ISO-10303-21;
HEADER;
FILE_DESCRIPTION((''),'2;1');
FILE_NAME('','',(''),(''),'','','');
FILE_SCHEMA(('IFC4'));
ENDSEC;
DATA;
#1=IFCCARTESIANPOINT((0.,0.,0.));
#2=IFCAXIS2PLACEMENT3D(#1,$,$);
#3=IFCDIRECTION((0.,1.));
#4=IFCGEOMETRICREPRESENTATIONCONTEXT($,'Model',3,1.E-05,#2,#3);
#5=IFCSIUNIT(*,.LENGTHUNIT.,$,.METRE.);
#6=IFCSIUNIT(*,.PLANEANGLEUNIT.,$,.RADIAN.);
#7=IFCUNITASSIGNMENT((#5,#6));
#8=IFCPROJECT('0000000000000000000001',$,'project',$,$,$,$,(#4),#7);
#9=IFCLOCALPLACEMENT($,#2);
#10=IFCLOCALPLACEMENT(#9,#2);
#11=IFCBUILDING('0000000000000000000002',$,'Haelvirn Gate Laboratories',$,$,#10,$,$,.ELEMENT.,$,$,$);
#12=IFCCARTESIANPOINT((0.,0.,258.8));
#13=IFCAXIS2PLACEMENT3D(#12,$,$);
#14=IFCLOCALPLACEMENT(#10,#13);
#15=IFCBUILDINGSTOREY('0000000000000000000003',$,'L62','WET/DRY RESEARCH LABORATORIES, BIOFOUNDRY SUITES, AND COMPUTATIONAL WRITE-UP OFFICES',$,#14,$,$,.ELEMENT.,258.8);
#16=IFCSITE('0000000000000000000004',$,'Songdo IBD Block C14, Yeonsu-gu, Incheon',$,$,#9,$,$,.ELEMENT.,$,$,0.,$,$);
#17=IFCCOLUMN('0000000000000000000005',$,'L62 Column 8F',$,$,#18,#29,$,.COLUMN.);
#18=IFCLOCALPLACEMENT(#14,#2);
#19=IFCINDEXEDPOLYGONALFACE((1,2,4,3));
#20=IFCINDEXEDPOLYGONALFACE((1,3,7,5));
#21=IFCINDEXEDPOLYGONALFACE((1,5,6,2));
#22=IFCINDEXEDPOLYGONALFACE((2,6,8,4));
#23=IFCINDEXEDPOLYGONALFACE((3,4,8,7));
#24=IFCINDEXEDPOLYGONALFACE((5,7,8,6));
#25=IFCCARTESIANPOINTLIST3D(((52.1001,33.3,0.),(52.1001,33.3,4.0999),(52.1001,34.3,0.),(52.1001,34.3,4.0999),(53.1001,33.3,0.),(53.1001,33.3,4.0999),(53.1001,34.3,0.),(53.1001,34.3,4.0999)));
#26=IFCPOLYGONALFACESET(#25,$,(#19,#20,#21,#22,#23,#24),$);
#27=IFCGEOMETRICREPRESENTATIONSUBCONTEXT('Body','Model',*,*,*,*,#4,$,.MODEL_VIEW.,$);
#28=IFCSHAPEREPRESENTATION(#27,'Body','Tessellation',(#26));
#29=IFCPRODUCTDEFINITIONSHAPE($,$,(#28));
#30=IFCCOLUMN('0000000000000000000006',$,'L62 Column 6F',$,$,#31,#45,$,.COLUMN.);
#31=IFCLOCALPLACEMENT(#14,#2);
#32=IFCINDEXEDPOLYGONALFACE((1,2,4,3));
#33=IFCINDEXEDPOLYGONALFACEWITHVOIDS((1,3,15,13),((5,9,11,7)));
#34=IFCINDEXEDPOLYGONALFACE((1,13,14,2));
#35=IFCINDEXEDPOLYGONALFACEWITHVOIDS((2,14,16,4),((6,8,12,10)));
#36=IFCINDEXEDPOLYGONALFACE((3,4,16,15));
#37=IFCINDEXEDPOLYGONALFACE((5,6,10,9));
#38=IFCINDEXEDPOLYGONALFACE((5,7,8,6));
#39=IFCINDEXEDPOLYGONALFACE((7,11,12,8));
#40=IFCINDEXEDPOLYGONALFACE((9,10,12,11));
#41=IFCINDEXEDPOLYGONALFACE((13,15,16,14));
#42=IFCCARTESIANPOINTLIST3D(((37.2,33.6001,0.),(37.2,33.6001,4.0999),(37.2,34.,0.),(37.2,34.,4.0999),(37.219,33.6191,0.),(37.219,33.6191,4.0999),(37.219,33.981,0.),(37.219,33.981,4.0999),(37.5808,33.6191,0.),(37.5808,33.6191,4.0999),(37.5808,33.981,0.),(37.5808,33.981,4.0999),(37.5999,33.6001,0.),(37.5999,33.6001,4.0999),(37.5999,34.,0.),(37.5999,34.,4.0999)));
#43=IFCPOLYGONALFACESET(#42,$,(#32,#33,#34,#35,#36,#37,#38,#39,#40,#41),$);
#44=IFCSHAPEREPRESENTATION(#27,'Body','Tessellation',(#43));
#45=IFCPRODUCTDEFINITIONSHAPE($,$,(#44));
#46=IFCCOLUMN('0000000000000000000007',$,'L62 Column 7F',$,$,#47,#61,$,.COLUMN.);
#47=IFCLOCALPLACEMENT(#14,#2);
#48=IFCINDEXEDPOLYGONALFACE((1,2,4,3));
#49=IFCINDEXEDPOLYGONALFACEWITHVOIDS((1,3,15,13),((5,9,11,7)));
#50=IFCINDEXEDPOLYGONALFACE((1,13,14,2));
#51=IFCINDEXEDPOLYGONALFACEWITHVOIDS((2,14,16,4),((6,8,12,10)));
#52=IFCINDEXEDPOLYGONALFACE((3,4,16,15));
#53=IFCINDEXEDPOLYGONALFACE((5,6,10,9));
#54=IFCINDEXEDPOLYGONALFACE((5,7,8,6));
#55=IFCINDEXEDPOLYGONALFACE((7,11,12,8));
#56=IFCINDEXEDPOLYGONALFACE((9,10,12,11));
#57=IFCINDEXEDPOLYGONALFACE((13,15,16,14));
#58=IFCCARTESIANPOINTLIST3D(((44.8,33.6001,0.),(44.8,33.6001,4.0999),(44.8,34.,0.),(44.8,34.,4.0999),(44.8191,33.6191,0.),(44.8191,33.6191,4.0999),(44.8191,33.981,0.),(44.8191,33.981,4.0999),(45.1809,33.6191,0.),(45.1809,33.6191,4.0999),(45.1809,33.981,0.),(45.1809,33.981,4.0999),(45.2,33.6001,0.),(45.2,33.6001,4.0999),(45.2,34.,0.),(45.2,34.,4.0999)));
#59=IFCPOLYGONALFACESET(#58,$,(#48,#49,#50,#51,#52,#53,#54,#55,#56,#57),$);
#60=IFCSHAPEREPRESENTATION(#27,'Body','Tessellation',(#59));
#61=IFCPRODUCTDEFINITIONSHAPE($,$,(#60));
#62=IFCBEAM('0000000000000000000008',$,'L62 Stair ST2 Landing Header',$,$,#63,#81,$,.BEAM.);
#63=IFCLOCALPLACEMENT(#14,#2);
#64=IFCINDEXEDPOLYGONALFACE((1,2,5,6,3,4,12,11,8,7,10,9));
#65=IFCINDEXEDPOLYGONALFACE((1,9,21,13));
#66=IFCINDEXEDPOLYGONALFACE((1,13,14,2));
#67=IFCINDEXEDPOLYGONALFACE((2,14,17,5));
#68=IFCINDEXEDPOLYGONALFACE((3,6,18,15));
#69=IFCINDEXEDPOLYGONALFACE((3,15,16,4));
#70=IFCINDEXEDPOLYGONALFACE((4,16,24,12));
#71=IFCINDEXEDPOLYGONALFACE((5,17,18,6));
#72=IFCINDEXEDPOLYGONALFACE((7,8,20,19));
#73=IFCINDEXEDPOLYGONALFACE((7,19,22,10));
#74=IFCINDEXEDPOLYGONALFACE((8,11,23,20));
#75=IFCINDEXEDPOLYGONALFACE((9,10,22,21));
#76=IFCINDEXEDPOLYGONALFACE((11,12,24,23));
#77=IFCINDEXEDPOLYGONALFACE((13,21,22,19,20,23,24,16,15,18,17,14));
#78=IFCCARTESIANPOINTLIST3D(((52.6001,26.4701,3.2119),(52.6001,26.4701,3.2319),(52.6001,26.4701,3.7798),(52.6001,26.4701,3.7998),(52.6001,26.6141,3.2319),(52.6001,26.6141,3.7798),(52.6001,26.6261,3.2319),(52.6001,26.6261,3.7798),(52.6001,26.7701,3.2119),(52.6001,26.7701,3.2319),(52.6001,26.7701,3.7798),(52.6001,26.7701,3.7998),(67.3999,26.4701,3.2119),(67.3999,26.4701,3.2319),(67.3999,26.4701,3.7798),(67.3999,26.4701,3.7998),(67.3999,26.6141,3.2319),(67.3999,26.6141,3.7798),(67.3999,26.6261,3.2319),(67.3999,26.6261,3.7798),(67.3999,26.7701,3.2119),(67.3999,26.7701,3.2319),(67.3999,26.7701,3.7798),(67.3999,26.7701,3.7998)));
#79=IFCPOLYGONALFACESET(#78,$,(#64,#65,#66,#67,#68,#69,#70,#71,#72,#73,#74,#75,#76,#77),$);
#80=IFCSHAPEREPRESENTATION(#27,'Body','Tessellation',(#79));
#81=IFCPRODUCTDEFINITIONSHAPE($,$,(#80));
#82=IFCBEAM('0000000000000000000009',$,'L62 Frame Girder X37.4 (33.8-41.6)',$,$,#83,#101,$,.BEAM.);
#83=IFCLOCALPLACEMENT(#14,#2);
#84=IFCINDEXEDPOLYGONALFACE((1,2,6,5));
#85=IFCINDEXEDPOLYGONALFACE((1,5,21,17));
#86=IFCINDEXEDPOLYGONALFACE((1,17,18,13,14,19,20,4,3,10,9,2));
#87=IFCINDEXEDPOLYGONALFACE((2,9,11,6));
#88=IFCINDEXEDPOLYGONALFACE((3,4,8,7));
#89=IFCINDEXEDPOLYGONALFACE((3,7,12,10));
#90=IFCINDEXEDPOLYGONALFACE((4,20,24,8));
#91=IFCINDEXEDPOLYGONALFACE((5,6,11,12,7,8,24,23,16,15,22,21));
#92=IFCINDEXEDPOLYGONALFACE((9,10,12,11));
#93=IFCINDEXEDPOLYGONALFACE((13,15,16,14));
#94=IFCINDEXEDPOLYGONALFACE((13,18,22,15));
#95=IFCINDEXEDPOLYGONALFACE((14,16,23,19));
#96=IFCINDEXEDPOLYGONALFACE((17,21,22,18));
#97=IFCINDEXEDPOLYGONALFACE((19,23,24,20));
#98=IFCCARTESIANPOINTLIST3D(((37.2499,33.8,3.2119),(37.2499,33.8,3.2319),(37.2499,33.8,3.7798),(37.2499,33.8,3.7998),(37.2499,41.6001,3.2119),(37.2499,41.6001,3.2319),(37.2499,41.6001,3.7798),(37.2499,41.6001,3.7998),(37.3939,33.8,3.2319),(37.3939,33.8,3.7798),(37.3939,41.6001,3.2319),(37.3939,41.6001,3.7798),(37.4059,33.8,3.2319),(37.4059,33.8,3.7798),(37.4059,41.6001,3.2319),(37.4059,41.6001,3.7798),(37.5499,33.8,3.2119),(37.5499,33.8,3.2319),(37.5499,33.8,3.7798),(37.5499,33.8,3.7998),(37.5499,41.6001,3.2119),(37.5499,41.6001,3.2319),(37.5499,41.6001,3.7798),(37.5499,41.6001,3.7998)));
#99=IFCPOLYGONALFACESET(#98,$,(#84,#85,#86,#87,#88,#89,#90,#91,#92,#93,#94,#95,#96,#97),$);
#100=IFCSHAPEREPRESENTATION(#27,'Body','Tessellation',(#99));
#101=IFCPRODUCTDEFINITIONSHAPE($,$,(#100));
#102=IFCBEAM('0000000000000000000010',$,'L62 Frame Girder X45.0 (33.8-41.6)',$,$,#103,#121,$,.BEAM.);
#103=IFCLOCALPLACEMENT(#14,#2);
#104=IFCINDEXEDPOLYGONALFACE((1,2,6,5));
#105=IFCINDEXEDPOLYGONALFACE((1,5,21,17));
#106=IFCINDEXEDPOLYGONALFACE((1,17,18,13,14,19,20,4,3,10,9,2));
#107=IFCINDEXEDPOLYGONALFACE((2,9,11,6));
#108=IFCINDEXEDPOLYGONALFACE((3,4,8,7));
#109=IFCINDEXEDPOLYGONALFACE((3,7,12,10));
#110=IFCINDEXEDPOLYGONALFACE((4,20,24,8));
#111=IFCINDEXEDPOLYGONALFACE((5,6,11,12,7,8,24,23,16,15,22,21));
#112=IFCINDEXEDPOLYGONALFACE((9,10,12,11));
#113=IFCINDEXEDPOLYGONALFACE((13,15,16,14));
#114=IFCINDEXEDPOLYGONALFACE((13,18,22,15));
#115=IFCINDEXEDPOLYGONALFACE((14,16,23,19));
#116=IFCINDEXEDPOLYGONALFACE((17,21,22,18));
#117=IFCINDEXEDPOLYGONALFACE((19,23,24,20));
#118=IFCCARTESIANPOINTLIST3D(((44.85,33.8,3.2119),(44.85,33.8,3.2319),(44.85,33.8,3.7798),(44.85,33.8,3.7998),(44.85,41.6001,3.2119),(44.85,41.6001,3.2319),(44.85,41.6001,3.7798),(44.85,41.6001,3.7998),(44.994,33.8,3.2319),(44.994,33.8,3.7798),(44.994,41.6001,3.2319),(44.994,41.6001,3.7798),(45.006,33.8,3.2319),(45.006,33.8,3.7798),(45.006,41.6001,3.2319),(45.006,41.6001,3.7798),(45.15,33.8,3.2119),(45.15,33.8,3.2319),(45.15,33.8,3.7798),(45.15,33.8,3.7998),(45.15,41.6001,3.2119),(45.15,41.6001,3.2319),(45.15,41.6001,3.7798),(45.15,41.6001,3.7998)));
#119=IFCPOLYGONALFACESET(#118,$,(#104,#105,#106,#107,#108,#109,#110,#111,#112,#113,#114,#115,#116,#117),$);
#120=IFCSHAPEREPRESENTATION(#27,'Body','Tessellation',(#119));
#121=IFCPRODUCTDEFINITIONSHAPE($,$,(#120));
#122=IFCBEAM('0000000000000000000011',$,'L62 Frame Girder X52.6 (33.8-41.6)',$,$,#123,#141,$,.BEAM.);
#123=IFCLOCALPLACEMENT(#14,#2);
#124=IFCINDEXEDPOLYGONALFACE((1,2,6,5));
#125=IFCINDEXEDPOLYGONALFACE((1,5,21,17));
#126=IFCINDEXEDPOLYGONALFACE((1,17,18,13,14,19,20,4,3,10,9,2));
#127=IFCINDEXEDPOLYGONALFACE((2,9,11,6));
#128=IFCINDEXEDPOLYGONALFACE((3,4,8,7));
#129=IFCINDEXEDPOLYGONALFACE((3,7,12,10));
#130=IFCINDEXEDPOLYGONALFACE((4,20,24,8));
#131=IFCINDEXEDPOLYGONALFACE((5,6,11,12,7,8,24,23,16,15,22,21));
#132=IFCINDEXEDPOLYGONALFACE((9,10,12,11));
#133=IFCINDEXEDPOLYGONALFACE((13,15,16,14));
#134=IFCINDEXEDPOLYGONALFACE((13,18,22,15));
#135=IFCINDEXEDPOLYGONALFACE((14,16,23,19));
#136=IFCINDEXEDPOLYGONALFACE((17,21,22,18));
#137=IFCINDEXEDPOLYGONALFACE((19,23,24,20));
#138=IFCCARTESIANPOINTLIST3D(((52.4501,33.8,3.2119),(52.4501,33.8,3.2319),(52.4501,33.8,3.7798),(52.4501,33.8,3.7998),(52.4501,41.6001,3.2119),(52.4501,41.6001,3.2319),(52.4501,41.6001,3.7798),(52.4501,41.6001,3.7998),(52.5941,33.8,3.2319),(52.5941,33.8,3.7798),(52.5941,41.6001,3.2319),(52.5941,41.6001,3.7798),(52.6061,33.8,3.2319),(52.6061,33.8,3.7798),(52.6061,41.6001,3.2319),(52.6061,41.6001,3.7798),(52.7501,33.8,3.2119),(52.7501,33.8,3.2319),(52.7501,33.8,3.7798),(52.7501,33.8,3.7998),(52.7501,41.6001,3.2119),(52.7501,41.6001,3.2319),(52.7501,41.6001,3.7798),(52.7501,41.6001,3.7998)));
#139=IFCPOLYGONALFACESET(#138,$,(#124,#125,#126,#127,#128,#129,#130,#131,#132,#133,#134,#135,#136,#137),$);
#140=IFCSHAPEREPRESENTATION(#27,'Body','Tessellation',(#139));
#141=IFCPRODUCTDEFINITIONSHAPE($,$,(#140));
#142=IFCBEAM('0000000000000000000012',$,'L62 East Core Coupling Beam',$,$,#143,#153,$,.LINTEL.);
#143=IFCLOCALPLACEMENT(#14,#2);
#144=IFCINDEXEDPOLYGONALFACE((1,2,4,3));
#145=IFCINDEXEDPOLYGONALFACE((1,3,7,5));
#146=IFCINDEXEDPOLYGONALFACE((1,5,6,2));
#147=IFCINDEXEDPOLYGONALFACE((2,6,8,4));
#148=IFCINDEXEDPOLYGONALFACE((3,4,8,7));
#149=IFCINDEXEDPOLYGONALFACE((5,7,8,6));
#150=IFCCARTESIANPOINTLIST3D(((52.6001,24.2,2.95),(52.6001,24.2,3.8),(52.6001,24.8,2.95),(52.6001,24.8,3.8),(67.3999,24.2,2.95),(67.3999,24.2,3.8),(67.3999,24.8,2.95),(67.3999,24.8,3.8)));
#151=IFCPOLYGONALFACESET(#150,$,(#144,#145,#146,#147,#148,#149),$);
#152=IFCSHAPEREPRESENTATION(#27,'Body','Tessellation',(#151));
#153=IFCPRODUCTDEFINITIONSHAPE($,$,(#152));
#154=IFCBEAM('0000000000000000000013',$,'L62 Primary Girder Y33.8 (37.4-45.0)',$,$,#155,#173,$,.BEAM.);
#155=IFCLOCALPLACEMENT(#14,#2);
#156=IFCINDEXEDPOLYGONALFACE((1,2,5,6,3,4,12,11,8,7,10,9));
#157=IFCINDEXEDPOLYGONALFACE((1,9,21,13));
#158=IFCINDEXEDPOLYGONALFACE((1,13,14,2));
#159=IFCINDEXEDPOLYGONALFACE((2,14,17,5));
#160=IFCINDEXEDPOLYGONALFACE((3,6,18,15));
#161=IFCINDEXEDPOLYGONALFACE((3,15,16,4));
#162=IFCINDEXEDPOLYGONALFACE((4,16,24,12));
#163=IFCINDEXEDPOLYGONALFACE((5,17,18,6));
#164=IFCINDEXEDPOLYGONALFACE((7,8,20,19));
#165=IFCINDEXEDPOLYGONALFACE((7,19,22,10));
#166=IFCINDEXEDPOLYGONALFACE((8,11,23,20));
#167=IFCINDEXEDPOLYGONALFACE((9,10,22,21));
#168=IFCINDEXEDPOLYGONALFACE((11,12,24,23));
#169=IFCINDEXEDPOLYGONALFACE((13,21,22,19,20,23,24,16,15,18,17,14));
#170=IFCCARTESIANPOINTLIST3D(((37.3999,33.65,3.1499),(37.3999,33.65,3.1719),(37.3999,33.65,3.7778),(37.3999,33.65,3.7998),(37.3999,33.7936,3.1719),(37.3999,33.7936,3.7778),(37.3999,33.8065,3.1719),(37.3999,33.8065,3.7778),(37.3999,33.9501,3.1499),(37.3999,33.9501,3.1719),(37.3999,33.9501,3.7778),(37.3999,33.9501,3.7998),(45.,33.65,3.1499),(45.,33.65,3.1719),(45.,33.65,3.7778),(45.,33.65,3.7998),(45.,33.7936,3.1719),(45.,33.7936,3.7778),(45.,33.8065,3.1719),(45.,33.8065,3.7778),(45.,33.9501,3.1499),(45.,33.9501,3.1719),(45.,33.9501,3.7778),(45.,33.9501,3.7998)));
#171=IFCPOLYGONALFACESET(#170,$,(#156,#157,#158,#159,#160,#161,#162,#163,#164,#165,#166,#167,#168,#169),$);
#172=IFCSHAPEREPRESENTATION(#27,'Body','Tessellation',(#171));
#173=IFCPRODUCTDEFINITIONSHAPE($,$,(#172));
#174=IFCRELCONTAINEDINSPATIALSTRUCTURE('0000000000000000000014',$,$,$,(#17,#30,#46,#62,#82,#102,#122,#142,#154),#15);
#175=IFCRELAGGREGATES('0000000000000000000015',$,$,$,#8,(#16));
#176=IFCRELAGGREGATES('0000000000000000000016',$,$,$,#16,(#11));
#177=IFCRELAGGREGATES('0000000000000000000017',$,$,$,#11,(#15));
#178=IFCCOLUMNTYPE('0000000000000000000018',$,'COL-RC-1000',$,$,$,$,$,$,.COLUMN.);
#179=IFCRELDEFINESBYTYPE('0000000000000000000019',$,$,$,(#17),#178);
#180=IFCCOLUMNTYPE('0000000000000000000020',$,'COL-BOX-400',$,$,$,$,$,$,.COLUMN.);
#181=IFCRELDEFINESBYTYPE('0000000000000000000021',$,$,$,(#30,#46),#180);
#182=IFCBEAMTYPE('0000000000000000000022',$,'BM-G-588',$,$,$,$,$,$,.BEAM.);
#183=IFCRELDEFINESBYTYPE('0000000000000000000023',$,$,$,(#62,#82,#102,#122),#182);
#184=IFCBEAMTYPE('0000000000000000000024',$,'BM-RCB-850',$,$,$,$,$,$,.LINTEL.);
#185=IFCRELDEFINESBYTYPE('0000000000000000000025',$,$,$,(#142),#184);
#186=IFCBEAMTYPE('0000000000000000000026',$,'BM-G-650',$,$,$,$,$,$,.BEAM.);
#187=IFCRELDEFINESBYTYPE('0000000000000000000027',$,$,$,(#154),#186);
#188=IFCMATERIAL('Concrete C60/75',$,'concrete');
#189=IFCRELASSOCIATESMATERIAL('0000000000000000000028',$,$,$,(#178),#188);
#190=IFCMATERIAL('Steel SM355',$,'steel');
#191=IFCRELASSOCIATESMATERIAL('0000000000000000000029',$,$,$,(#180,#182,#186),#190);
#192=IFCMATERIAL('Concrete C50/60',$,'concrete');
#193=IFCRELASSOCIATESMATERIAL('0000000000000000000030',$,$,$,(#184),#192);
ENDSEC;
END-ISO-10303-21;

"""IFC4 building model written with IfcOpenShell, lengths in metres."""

from ifc_helpers import new_model, si_unit, direction, frame, origin, origin_2d, place, context, subcontext, project, spatial, rectangle, hollow_rectangle, i_section, extrude, source, transform, mapped, material, material_profile, profile_set, type_object, type_shapes, element, save


model = new_model("IFC4")

# Units and contexts
model_context = context("Model", 3, precision=1e-05, world=origin(), true_north=direction((0.0, 1.0)))
body_context = subcontext(model_context, "Body", "Model", "MODEL_VIEW")
ifc_project = project(units=[si_unit("LENGTHUNIT", "METRE"), si_unit("PLANEANGLEUNIT", "RADIAN")], contexts=[model_context])

# Site, building, storey
site_placement = place(None, origin())
site = spatial("IfcSite", under=ifc_project, at=site_placement, Name="Songdo IBD Block C14, Yeonsu-gu, Incheon", CompositionType="ELEMENT", RefElevation=0.0)
building_placement = place(site_placement, origin())
building = spatial("IfcBuilding", under=site, at=building_placement, Name="Haelvirn Gate Laboratories", CompositionType="ELEMENT")
storey_placement = place(building_placement, frame((0.0, 0.0, 258.8)))
storey = spatial("IfcBuildingStorey", under=building, at=storey_placement, Name="L62", Description="WET/DRY RESEARCH LABORATORIES, BIOFOUNDRY SUITES, AND COMPUTATIONAL WRITE-UP OFFICES", CompositionType="ELEMENT", Elevation=258.8)

# Columns
ifc_material_1 = material(Name="Concrete C60/75", Category="concrete")
ifc_material_profile_1 = material_profile(ifc_material_1, rectangle(XDim=1.0, YDim=1.0, at=origin_2d()), Name="RC-1000x1000")
ifc_profile_set_1 = profile_set([ifc_material_profile_1], Name="Concrete C60/75")
column_type_1 = type_object("IfcColumnType", Name="COL-RC-1000", PredefinedType="COLUMN", material=ifc_profile_set_1)
shared_shape_1 = source(origin(), body_context, "Body", "SweptSolid", [
    extrude(rectangle(XDim=1.0, YDim=1.0, at=origin_2d()), origin(), (0.0, 0.0, 1.0), 4.0999),
])
type_shapes(column_type_1, [shared_shape_1])
column_placement = place(storey_placement, frame((52.6001, 33.8, 0.0), z_axis=(0.0, 0.0, 1.0), x_axis=(1.0, 0.0, 0.0)))
element("IfcColumn", 1, at=column_placement, inside=storey, type_object=column_type_1, Name="L62 Column 8F", PredefinedType="COLUMN", context=body_context, shape_type="MappedRepresentation", body=[
    mapped(shared_shape_1, transform((0.0, 0.0, 0.0), scale=1.0)),
])
ifc_material_2 = material(Name="Steel SM355", Category="steel")
ifc_material_profile_2 = material_profile(ifc_material_2, hollow_rectangle(XDim=0.3999, YDim=0.3999, WallThickness=0.019, at=origin_2d()), Name="BOX-400x400x19")
ifc_profile_set_2 = profile_set([ifc_material_profile_2], Name="Steel SM355")
column_type_2 = type_object("IfcColumnType", Name="COL-BOX-400", PredefinedType="COLUMN", material=ifc_profile_set_2)
shared_shape_2 = source(origin(), body_context, "Body", "SweptSolid", [
    extrude(hollow_rectangle(XDim=0.3999, YDim=0.3999, WallThickness=0.019, at=origin_2d()), origin(), (0.0, 0.0, 1.0), 4.0999),
])
type_shapes(column_type_2, [shared_shape_2])
for number, where, z_axis, x_axis, name in (
    (2, (37.3999, 33.8, 0.0), (0.0, 0.0, 1.0), (1.0, 0.0, 0.0), "L62 Column 6F"),
    (3, (45.0, 33.8, 0.0), (0.0, 0.0, 1.0), (1.0, 0.0, 0.0), "L62 Column 7F"),
):
    element("IfcColumn", number, at=place(storey_placement, frame(where, z_axis=z_axis, x_axis=x_axis)), inside=storey, type_object=column_type_2, Name=name, PredefinedType="COLUMN", context=body_context, shape_type="MappedRepresentation", body=[
        mapped(shared_shape_2, transform((0.0, 0.0, 0.0), scale=1.0)),
    ])

# Beams
ifc_material_profile_3 = material_profile(ifc_material_2, i_section(OverallWidth=0.3, OverallDepth=0.5879, WebThickness=0.012, FlangeThickness=0.02, at=origin_2d()), Name="H-588x300x12x20")
ifc_profile_set_3 = profile_set([ifc_material_profile_3], Name="Steel SM355")
beam_type_1 = type_object("IfcBeamType", Name="BM-G-588", PredefinedType="BEAM", material=ifc_profile_set_3)
shared_shape_3 = source(origin(), body_context, "Body", "SweptSolid", [
    extrude(i_section(OverallWidth=0.3, OverallDepth=0.5879, WebThickness=0.012, FlangeThickness=0.02, at=origin_2d()), origin(), (0.0, 0.0, 1.0), 14.7998),
])
beam_1_placement = place(storey_placement, frame((52.6001, 26.6201, 3.5059), z_axis=(1.0, 0.0, 0.0), x_axis=(0.0, 1.0, 0.0)))
element("IfcBeam", 4, at=beam_1_placement, inside=storey, type_object=beam_type_1, Name="L62 Stair ST2 Landing Header", PredefinedType="BEAM", context=body_context, shape_type="MappedRepresentation", body=[
    mapped(shared_shape_3, transform((0.0, 0.0, 0.0), scale=1.0)),
])
shared_shape_4 = source(origin(), body_context, "Body", "SweptSolid", [
    extrude(i_section(OverallWidth=0.3, OverallDepth=0.5879, WebThickness=0.012, FlangeThickness=0.02, at=origin_2d()), origin(), (0.0, 0.0, 1.0), 7.8),
])
type_shapes(beam_type_1, [shared_shape_3, shared_shape_4])
for number, where, z_axis, x_axis, name in (
    (5, (37.3999, 33.8, 3.5059), (0.0, 1.0, 0.0), (-1.0, 0.0, 0.0), "L62 Frame Girder X37.4 (33.8-41.6)"),
    (6, (45.0, 33.8, 3.5059), (0.0, 1.0, 0.0), (-1.0, 0.0, 0.0), "L62 Frame Girder X45.0 (33.8-41.6)"),
    (7, (52.6001, 33.8, 3.5059), (0.0, 1.0, 0.0), (-1.0, 0.0, 0.0), "L62 Frame Girder X52.6 (33.8-41.6)"),
):
    element("IfcBeam", number, at=place(storey_placement, frame(where, z_axis=z_axis, x_axis=x_axis)), inside=storey, type_object=beam_type_1, Name=name, PredefinedType="BEAM", context=body_context, shape_type="MappedRepresentation", body=[
        mapped(shared_shape_4, transform((0.0, 0.0, 0.0), scale=1.0)),
    ])
ifc_material_3 = material(Name="Concrete C50/60", Category="concrete")
ifc_material_profile_4 = material_profile(ifc_material_3, rectangle(XDim=0.6001, YDim=0.8501, at=origin_2d()), Name="RCB-600x850")
ifc_profile_set_4 = profile_set([ifc_material_profile_4], Name="Concrete C50/60")
beam_type_2 = type_object("IfcBeamType", Name="BM-RCB-850", PredefinedType="LINTEL", material=ifc_profile_set_4)
shared_shape_5 = source(origin(), body_context, "Body", "SweptSolid", [
    extrude(rectangle(XDim=0.6001, YDim=0.8501, at=origin_2d()), origin(), (0.0, 0.0, 1.0), 14.7998),
])
type_shapes(beam_type_2, [shared_shape_5])
beam_2_placement = place(storey_placement, frame((52.6001, 24.5, 3.375), z_axis=(1.0, 0.0, 0.0), x_axis=(0.0, 1.0, 0.0)))
element("IfcBeam", 8, at=beam_2_placement, inside=storey, type_object=beam_type_2, Name="L62 East Core Coupling Beam", PredefinedType="LINTEL", context=body_context, shape_type="MappedRepresentation", body=[
    mapped(shared_shape_5, transform((0.0, 0.0, 0.0), scale=1.0)),
])
ifc_material_profile_5 = material_profile(ifc_material_2, i_section(OverallWidth=0.3, OverallDepth=0.6499, WebThickness=0.0129, FlangeThickness=0.022, at=origin_2d()), Name="H-650x300x13x22")
ifc_profile_set_5 = profile_set([ifc_material_profile_5], Name="Steel SM355")
beam_type_3 = type_object("IfcBeamType", Name="BM-G-650", PredefinedType="BEAM", material=ifc_profile_set_5)
shared_shape_6 = source(origin(), body_context, "Body", "SweptSolid", [
    extrude(i_section(OverallWidth=0.3, OverallDepth=0.6499, WebThickness=0.0129, FlangeThickness=0.022, at=origin_2d()), origin(), (0.0, 0.0, 1.0), 7.6001),
])
type_shapes(beam_type_3, [shared_shape_6])
for number, where, z_axis, x_axis, name in (
    (9, (37.3999, 33.8, 3.4749), (1.0, 0.0, 0.0), (0.0, 1.0, 0.0), "L62 Primary Girder Y33.8 (37.4-45.0)"),
):
    element("IfcBeam", number, at=place(storey_placement, frame(where, z_axis=z_axis, x_axis=x_axis)), inside=storey, type_object=beam_type_3, Name=name, PredefinedType="BEAM", context=body_context, shape_type="MappedRepresentation", body=[
        mapped(shared_shape_6, transform((0.0, 0.0, 0.0), scale=1.0)),
    ])

save(model, "model.ifc")
